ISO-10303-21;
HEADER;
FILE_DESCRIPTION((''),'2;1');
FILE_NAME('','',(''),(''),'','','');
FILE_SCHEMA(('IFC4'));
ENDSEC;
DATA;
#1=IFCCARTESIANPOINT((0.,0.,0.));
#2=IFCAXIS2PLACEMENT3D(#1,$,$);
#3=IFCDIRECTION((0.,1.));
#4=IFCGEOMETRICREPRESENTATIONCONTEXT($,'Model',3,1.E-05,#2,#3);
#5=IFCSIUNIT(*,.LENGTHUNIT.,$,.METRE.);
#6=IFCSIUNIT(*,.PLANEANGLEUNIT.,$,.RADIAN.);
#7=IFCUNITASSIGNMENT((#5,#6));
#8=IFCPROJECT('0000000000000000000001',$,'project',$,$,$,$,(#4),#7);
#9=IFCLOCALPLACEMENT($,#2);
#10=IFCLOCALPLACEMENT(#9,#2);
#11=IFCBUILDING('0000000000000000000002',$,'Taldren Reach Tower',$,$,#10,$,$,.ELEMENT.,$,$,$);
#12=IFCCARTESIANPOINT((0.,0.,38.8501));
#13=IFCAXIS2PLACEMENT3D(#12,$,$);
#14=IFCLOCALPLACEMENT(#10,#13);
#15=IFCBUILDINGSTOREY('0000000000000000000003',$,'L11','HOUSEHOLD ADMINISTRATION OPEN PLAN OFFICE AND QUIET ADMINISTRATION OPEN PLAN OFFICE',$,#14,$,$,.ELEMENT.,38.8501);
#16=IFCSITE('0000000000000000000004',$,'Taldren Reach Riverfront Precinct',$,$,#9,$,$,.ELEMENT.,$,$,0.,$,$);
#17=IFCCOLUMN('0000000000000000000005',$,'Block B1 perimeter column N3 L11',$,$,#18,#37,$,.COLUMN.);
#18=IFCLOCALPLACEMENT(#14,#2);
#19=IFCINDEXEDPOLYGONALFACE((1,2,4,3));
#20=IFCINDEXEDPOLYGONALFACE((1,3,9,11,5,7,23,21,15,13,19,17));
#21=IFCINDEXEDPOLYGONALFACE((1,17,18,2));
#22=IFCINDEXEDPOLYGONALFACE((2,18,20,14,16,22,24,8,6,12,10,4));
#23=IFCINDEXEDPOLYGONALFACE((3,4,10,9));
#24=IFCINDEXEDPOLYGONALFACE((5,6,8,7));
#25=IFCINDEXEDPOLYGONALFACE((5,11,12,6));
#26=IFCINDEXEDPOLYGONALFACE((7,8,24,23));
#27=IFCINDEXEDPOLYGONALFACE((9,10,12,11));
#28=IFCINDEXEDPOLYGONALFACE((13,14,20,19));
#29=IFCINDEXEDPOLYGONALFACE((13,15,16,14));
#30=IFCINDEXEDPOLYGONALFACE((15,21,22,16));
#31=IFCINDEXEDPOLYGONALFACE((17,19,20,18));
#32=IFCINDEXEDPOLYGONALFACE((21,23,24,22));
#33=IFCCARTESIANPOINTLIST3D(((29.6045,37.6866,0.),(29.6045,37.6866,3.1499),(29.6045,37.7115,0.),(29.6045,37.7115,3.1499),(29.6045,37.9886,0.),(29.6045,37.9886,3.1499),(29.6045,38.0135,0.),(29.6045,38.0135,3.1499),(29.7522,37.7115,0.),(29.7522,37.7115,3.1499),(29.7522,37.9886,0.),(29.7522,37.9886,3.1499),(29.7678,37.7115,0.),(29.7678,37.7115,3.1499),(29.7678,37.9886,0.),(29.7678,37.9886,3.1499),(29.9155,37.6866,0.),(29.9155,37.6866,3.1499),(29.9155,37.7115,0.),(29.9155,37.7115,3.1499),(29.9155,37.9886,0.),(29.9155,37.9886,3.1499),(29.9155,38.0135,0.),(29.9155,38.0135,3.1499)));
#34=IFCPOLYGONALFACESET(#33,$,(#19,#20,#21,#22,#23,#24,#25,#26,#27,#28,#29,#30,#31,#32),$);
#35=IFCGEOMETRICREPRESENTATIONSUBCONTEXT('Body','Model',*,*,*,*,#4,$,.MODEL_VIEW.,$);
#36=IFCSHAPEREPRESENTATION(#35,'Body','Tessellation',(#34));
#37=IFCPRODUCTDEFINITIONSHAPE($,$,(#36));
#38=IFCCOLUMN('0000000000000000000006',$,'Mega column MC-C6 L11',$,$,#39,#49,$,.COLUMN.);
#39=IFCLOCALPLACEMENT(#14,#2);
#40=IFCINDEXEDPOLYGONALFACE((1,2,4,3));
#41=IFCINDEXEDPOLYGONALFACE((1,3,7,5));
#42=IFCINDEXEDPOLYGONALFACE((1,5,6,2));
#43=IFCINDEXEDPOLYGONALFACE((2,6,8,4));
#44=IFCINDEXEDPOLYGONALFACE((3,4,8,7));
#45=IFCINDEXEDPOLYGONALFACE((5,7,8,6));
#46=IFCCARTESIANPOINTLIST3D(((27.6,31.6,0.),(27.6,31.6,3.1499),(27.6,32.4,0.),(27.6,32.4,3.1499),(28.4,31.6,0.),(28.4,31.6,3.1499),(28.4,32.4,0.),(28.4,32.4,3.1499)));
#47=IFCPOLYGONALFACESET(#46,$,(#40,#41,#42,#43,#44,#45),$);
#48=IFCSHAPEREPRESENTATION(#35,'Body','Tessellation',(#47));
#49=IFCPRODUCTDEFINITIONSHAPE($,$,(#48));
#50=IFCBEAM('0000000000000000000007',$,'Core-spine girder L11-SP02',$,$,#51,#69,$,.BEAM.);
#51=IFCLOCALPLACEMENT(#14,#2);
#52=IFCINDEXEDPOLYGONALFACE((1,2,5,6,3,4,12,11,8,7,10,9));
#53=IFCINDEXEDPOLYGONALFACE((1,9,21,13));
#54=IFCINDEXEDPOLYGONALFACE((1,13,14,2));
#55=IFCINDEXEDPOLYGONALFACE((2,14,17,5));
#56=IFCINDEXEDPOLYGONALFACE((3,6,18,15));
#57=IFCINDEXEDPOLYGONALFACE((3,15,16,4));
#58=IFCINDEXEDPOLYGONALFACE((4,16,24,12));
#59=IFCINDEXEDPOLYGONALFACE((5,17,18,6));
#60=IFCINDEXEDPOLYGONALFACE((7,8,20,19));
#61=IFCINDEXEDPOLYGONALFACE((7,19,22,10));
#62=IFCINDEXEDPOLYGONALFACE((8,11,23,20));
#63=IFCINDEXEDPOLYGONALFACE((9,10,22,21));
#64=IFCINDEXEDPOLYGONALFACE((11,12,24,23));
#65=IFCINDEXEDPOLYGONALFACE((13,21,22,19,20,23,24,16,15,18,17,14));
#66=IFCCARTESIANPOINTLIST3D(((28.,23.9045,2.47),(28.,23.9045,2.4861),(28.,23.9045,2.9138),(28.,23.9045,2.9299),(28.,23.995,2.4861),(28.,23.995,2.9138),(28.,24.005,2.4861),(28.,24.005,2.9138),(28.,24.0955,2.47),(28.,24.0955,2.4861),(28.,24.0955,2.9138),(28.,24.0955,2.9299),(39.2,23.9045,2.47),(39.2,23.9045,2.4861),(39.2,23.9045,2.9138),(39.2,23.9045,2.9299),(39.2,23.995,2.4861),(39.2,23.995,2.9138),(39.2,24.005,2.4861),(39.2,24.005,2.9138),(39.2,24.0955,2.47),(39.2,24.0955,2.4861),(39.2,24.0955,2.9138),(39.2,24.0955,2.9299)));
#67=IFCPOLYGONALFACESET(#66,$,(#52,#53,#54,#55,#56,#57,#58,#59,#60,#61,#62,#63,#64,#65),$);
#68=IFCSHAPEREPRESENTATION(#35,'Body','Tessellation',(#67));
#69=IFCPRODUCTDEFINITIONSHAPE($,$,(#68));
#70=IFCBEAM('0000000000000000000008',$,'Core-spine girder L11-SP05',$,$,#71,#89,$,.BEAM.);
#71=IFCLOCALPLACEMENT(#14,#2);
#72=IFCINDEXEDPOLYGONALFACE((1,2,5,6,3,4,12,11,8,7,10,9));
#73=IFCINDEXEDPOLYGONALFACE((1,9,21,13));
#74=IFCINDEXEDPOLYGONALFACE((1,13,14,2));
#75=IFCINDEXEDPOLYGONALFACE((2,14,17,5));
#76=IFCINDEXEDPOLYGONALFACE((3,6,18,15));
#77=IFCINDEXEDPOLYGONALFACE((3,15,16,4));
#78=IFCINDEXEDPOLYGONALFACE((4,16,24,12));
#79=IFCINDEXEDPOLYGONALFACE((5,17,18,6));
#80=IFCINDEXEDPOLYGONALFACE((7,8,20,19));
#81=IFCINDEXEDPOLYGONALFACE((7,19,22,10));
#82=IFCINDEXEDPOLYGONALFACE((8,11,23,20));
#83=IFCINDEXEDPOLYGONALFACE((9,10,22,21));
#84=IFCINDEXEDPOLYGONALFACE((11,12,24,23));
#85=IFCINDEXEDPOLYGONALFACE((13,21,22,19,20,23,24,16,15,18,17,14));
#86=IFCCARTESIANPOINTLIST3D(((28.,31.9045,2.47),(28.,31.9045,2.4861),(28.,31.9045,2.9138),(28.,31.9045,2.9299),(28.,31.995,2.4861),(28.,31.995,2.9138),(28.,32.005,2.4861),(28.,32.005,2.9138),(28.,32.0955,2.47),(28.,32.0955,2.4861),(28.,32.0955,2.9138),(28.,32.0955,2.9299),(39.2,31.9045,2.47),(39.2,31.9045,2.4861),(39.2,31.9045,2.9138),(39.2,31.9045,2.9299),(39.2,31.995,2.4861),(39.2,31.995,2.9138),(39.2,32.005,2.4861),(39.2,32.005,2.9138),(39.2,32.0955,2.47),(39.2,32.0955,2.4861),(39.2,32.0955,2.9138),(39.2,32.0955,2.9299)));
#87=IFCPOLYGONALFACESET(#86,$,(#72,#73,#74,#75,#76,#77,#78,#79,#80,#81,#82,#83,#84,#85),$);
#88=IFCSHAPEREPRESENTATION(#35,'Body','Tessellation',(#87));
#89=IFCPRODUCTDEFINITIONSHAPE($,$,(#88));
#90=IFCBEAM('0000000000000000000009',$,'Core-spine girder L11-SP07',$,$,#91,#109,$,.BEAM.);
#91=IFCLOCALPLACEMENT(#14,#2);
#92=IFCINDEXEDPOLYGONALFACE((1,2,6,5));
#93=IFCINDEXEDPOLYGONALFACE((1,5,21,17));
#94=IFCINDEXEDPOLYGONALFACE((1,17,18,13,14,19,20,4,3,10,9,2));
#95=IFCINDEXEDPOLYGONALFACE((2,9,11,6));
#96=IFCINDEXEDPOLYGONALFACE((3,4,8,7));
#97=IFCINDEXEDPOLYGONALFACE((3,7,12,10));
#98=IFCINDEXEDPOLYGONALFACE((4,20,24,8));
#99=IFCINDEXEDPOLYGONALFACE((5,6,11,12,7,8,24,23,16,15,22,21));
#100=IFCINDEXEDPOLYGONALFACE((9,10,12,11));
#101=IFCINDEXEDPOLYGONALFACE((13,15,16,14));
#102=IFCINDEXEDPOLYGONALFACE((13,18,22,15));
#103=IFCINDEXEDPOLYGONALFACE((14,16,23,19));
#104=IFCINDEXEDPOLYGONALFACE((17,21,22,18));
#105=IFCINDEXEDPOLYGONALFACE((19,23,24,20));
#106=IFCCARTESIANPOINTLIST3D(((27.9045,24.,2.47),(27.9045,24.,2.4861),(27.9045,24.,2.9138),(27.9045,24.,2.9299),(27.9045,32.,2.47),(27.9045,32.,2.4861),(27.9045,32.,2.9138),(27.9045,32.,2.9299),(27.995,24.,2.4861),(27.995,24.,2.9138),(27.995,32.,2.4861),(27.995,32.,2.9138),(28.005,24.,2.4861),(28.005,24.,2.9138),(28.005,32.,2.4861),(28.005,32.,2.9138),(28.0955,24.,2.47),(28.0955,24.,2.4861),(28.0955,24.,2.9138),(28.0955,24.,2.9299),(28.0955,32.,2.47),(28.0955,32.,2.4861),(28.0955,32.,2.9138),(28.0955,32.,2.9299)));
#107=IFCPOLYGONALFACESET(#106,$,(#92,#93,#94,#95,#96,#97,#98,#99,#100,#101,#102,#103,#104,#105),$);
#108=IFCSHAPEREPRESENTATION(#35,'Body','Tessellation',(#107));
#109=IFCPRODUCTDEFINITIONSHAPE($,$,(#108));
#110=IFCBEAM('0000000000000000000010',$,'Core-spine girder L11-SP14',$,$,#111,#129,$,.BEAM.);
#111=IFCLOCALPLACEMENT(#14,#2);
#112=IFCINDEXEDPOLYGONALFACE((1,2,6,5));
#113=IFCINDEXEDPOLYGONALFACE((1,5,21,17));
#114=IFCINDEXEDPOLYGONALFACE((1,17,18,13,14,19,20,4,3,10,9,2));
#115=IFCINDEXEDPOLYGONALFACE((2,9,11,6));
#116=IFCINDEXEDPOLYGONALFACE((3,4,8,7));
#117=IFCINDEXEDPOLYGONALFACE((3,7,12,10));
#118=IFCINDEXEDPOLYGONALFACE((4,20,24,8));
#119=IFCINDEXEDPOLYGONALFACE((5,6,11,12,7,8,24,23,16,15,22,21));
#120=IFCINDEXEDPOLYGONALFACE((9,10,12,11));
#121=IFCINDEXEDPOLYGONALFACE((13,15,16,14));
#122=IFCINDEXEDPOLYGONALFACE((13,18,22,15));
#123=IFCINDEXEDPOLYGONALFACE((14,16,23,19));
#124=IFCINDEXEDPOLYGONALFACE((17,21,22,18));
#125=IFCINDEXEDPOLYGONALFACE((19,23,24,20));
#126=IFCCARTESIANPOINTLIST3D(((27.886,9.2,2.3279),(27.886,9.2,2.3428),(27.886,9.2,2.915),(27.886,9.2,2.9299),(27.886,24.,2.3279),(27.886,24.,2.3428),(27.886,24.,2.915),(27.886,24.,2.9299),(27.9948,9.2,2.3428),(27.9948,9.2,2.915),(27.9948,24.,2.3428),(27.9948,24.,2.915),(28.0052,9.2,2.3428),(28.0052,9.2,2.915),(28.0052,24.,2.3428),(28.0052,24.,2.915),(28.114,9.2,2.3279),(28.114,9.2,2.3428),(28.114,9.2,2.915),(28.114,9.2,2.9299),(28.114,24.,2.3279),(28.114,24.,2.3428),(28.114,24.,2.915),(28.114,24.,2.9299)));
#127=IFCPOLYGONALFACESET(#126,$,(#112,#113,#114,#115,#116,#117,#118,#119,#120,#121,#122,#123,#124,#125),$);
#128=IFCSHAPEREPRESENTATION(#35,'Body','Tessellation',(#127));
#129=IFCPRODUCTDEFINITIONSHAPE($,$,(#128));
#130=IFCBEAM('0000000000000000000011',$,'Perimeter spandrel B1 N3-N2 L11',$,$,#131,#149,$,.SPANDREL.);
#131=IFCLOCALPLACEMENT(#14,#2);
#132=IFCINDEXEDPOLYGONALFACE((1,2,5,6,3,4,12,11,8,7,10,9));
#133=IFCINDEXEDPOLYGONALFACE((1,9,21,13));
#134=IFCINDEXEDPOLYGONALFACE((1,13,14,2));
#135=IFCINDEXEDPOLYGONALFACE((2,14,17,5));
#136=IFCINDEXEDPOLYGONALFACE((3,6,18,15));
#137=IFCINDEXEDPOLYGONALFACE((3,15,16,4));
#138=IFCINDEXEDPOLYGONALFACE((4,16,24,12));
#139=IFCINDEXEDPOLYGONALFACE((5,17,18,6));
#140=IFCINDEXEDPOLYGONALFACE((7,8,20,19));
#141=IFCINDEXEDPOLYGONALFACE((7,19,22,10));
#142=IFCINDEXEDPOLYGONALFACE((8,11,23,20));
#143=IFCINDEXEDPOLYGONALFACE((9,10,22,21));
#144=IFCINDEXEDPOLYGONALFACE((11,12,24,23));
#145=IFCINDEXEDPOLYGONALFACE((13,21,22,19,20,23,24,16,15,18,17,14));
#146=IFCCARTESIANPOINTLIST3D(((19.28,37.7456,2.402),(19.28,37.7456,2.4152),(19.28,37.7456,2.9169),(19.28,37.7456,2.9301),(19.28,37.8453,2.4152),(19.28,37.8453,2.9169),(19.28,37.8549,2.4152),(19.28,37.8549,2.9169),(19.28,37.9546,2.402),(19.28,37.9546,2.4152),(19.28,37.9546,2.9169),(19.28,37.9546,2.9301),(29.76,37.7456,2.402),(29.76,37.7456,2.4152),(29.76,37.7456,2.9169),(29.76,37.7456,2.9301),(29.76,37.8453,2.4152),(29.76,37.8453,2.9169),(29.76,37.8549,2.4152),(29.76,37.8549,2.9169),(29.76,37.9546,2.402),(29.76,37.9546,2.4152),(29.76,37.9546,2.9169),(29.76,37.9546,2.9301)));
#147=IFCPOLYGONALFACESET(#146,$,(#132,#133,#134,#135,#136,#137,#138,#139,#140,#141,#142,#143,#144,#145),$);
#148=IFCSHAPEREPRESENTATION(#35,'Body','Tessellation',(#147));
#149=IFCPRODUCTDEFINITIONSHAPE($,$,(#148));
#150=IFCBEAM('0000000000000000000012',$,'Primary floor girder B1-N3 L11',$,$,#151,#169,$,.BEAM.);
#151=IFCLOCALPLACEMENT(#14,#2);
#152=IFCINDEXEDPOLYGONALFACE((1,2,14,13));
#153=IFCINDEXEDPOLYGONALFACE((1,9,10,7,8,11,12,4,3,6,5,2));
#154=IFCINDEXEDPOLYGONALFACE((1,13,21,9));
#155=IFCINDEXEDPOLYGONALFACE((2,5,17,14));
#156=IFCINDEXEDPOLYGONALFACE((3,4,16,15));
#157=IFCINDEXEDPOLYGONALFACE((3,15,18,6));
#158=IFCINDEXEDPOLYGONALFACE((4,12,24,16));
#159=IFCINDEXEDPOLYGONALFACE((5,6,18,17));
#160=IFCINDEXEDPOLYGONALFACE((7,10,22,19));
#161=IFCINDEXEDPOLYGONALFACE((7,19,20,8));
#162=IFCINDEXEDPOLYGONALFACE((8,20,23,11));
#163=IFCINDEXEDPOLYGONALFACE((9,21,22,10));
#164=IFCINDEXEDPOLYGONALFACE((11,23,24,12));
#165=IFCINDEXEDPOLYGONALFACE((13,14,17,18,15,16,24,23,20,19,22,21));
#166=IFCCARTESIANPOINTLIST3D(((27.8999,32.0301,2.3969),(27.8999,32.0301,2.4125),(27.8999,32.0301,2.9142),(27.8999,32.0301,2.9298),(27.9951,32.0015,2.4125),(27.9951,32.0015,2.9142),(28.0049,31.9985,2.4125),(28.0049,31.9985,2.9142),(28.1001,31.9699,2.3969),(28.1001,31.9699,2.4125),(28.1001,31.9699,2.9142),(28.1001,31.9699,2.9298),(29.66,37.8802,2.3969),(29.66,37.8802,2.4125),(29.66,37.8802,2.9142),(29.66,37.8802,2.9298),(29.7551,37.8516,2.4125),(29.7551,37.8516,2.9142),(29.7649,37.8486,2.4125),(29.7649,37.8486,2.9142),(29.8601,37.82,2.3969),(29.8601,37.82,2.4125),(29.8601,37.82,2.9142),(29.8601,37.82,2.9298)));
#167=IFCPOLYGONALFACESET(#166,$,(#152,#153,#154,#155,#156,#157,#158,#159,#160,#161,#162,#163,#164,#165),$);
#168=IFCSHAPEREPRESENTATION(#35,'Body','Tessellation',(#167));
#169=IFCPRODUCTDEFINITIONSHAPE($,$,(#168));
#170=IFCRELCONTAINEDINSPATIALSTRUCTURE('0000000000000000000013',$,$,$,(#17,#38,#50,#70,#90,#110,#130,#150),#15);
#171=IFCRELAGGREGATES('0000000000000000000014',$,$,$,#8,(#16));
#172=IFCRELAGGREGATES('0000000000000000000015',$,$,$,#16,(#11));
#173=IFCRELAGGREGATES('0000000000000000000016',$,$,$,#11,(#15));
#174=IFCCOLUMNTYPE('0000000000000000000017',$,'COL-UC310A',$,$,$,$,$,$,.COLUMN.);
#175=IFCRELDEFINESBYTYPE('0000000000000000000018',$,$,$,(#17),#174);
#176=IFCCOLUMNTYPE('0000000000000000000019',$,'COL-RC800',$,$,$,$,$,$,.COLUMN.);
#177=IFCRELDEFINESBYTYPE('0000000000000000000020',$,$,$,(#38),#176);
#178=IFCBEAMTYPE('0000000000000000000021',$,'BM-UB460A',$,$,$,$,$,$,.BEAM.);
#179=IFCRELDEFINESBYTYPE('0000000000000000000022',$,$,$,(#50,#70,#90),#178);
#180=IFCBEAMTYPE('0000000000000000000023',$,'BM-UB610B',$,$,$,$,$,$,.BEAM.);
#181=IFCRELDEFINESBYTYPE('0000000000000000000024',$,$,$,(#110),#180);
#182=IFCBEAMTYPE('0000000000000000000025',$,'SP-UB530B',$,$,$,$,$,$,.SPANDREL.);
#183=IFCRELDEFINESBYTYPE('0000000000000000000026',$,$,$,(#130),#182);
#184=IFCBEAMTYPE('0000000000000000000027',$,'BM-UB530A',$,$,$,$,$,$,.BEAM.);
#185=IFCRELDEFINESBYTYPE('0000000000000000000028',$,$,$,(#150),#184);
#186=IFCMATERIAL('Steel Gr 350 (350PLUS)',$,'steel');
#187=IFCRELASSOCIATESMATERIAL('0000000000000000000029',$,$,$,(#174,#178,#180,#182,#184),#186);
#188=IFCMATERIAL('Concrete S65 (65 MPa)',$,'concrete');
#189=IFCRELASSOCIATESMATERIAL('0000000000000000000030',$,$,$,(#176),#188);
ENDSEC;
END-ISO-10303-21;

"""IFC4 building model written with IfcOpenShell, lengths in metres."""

from ifc_helpers import new_model, si_unit, direction, frame, origin, origin_2d, place, context, subcontext, project, spatial, rectangle, i_section, extrude, source, transform, mapped, material, material_profile, profile_set, type_object, element, save


model = new_model("IFC4")

# Units and contexts
model_context = context("Model", 3, precision=1e-05, world=origin(), true_north=direction((0.0, 1.0)))
body_context = subcontext(model_context, "Body", "Model", "MODEL_VIEW")
ifc_project = project(units=[si_unit("LENGTHUNIT", "METRE"), si_unit("PLANEANGLEUNIT", "RADIAN")], contexts=[model_context])

# Site, building, storey
site_placement = place(None, origin())
site = spatial("IfcSite", under=ifc_project, at=site_placement, Name="Taldren Reach Riverfront Precinct", CompositionType="ELEMENT", RefElevation=0.0)
building_placement = place(site_placement, origin())
building = spatial("IfcBuilding", under=site, at=building_placement, Name="Taldren Reach Tower", CompositionType="ELEMENT")
storey_placement = place(building_placement, frame((0.0, 0.0, 38.8501)))
storey = spatial("IfcBuildingStorey", under=building, at=storey_placement, Name="L11", Description="HOUSEHOLD ADMINISTRATION OPEN PLAN OFFICE AND QUIET ADMINISTRATION OPEN PLAN OFFICE", CompositionType="ELEMENT", Elevation=38.8501)

# Columns
ifc_material_1 = material(Name="Steel Gr 350 (350PLUS)", Category="steel")
ifc_material_profile_1 = material_profile(ifc_material_1, i_section(OverallWidth=0.311, OverallDepth=0.3269, WebThickness=0.0156, FlangeThickness=0.0249, at=origin_2d()), Name="310UC158")
ifc_profile_set_1 = profile_set([ifc_material_profile_1], Name="Steel Gr 350 (350PLUS)")
column_type_1 = type_object("IfcColumnType", Name="COL-UC310A", PredefinedType="COLUMN", material=ifc_profile_set_1)
shared_shape_1 = source(origin(), body_context, "Body", "SweptSolid", [
    extrude(i_section(OverallWidth=0.311, OverallDepth=0.3269, WebThickness=0.0156, FlangeThickness=0.0249, at=origin_2d()), origin(), (0.0, 0.0, 1.0), 3.1499),
])
column_1_placement = place(storey_placement, frame((29.76, 37.8501, 0.0), z_axis=(0.0, 0.0, 1.0), x_axis=(1.0, 0.0, 0.0)))
element("IfcColumn", 1, at=column_1_placement, inside=storey, type_object=column_type_1, Name="Block B1 perimeter column N3 L11", PredefinedType="COLUMN", context=body_context, shape_type="MappedRepresentation", body=[
    mapped(shared_shape_1, transform((0.0, 0.0, 0.0), scale=1.0)),
])
ifc_material_2 = material(Name="Concrete S65 (65 MPa)", Category="concrete")
ifc_material_profile_2 = material_profile(ifc_material_2, rectangle(XDim=0.8, YDim=0.8, at=origin_2d()), Name="RC-800x800")
ifc_profile_set_2 = profile_set([ifc_material_profile_2], Name="Concrete S65 (65 MPa)")
column_type_2 = type_object("IfcColumnType", Name="COL-RC800", PredefinedType="COLUMN", material=ifc_profile_set_2)
shared_shape_2 = source(origin(), body_context, "Body", "SweptSolid", [
    extrude(rectangle(XDim=0.8, YDim=0.8, at=origin_2d()), origin(), (0.0, 0.0, 1.0), 3.1499),
])
column_2_placement = place(storey_placement, frame((28.0, 32.0, 0.0), z_axis=(0.0, 0.0, 1.0), x_axis=(1.0, 0.0, 0.0)))
element("IfcColumn", 2, at=column_2_placement, inside=storey, type_object=column_type_2, Name="Mega column MC-C6 L11", PredefinedType="COLUMN", context=body_context, shape_type="MappedRepresentation", body=[
    mapped(shared_shape_2, transform((0.0, 0.0, 0.0), scale=1.0)),
])

# Beams
ifc_material_profile_3 = material_profile(ifc_material_1, i_section(OverallWidth=0.1909, OverallDepth=0.46, WebThickness=0.01, FlangeThickness=0.0161, at=origin_2d()), Name="460UB82.1")
ifc_profile_set_3 = profile_set([ifc_material_profile_3], Name="Steel Gr 350 (350PLUS)")
beam_type_1 = type_object("IfcBeamType", Name="BM-UB460A", PredefinedType="BEAM", material=ifc_profile_set_3)
shared_shape_3 = source(origin(), body_context, "Body", "SweptSolid", [
    extrude(i_section(OverallWidth=0.1909, OverallDepth=0.46, WebThickness=0.01, FlangeThickness=0.0161, at=origin_2d()), origin(), (0.0, 0.0, 1.0), 11.2),
])
for number, where, z_axis, x_axis, name in (
    (3, (28.0, 24.0, 2.7), (1.0, 0.0, 0.0), (0.0, 1.0, 0.0), "Core-spine girder L11-SP02"),
    (4, (28.0, 32.0, 2.7), (1.0, 0.0, 0.0), (0.0, 1.0, 0.0), "Core-spine girder L11-SP05"),
):
    element("IfcBeam", number, at=place(storey_placement, frame(where, z_axis=z_axis, x_axis=x_axis)), inside=storey, type_object=beam_type_1, Name=name, PredefinedType="BEAM", context=body_context, shape_type="MappedRepresentation", body=[
        mapped(shared_shape_3, transform((0.0, 0.0, 0.0), scale=1.0)),
    ])
shared_shape_4 = source(origin(), body_context, "Body", "SweptSolid", [
    extrude(i_section(OverallWidth=0.1909, OverallDepth=0.46, WebThickness=0.01, FlangeThickness=0.0161, at=origin_2d()), origin(), (0.0, 0.0, 1.0), 8.0),
])
beam_1_placement = place(storey_placement, frame((28.0, 24.0, 2.7), z_axis=(0.0, 1.0, 0.0), x_axis=(-1.0, 0.0, 0.0)))
element("IfcBeam", 5, at=beam_1_placement, inside=storey, type_object=beam_type_1, Name="Core-spine girder L11-SP07", PredefinedType="BEAM", context=body_context, shape_type="MappedRepresentation", body=[
    mapped(shared_shape_4, transform((0.0, 0.0, 0.0), scale=1.0)),
])
ifc_material_profile_4 = material_profile(ifc_material_1, i_section(OverallWidth=0.228, OverallDepth=0.6021, WebThickness=0.0105, FlangeThickness=0.0149, at=origin_2d()), Name="610UB101")
ifc_profile_set_4 = profile_set([ifc_material_profile_4], Name="Steel Gr 350 (350PLUS)")
beam_type_2 = type_object("IfcBeamType", Name="BM-UB610B", PredefinedType="BEAM", material=ifc_profile_set_4)
shared_shape_5 = source(origin(), body_context, "Body", "SweptSolid", [
    extrude(i_section(OverallWidth=0.228, OverallDepth=0.6021, WebThickness=0.0105, FlangeThickness=0.0149, at=origin_2d()), origin(), (0.0, 0.0, 1.0), 14.8),
])
beam_2_placement = place(storey_placement, frame((28.0, 24.0, 2.6289), z_axis=(0.0, -1.0, 0.0), x_axis=(1.0, 0.0, 0.0)))
element("IfcBeam", 6, at=beam_2_placement, inside=storey, type_object=beam_type_2, Name="Core-spine girder L11-SP14", PredefinedType="BEAM", context=body_context, shape_type="MappedRepresentation", body=[
    mapped(shared_shape_5, transform((0.0, 0.0, 0.0), scale=1.0)),
])
ifc_material_profile_5 = material_profile(ifc_material_1, i_section(OverallWidth=0.209, OverallDepth=0.5281, WebThickness=0.0095, FlangeThickness=0.0132, at=origin_2d()), Name="530UB82.0")
ifc_profile_set_5 = profile_set([ifc_material_profile_5], Name="Steel Gr 350 (350PLUS)")
beam_type_3 = type_object("IfcBeamType", Name="SP-UB530B", PredefinedType="SPANDREL", material=ifc_profile_set_5)
shared_shape_6 = source(origin(), body_context, "Body", "SweptSolid", [
    extrude(i_section(OverallWidth=0.209, OverallDepth=0.5281, WebThickness=0.0095, FlangeThickness=0.0132, at=origin_2d()), origin(), (0.0, 0.0, 1.0), 10.48),
])
beam_3_placement = place(storey_placement, frame((29.76, 37.8501, 2.666), z_axis=(-1.0, 0.0, 0.0), x_axis=(0.0, -1.0, 0.0)))
element("IfcBeam", 7, at=beam_3_placement, inside=storey, type_object=beam_type_3, Name="Perimeter spandrel B1 N3-N2 L11", PredefinedType="SPANDREL", context=body_context, shape_type="MappedRepresentation", body=[
    mapped(shared_shape_6, transform((0.0, 0.0, 0.0), scale=1.0)),
])
ifc_material_profile_6 = material_profile(ifc_material_1, i_section(OverallWidth=0.209, OverallDepth=0.533, WebThickness=0.0103, FlangeThickness=0.0156, at=origin_2d()), Name="530UB92.4")
ifc_profile_set_6 = profile_set([ifc_material_profile_6], Name="Steel Gr 350 (350PLUS)")
beam_type_4 = type_object("IfcBeamType", Name="BM-UB530A", PredefinedType="BEAM", material=ifc_profile_set_6)
shared_shape_7 = source(origin(), body_context, "Body", "SweptSolid", [
    extrude(i_section(OverallWidth=0.209, OverallDepth=0.533, WebThickness=0.0103, FlangeThickness=0.0156, at=origin_2d()), origin(), (0.0, 0.0, 1.0), 6.1091),
])
beam_4_placement = place(storey_placement, frame((28.0, 32.0, 2.6633), z_axis=(0.288096, 0.957602, 0.0), x_axis=(-0.957602, 0.288096, 0.0)))
element("IfcBeam", 8, at=beam_4_placement, inside=storey, type_object=beam_type_4, Name="Primary floor girder B1-N3 L11", PredefinedType="BEAM", context=body_context, shape_type="MappedRepresentation", body=[
    mapped(shared_shape_7, transform((0.0, 0.0, 0.0), scale=1.0)),
])

save(model, "model.ifc")
